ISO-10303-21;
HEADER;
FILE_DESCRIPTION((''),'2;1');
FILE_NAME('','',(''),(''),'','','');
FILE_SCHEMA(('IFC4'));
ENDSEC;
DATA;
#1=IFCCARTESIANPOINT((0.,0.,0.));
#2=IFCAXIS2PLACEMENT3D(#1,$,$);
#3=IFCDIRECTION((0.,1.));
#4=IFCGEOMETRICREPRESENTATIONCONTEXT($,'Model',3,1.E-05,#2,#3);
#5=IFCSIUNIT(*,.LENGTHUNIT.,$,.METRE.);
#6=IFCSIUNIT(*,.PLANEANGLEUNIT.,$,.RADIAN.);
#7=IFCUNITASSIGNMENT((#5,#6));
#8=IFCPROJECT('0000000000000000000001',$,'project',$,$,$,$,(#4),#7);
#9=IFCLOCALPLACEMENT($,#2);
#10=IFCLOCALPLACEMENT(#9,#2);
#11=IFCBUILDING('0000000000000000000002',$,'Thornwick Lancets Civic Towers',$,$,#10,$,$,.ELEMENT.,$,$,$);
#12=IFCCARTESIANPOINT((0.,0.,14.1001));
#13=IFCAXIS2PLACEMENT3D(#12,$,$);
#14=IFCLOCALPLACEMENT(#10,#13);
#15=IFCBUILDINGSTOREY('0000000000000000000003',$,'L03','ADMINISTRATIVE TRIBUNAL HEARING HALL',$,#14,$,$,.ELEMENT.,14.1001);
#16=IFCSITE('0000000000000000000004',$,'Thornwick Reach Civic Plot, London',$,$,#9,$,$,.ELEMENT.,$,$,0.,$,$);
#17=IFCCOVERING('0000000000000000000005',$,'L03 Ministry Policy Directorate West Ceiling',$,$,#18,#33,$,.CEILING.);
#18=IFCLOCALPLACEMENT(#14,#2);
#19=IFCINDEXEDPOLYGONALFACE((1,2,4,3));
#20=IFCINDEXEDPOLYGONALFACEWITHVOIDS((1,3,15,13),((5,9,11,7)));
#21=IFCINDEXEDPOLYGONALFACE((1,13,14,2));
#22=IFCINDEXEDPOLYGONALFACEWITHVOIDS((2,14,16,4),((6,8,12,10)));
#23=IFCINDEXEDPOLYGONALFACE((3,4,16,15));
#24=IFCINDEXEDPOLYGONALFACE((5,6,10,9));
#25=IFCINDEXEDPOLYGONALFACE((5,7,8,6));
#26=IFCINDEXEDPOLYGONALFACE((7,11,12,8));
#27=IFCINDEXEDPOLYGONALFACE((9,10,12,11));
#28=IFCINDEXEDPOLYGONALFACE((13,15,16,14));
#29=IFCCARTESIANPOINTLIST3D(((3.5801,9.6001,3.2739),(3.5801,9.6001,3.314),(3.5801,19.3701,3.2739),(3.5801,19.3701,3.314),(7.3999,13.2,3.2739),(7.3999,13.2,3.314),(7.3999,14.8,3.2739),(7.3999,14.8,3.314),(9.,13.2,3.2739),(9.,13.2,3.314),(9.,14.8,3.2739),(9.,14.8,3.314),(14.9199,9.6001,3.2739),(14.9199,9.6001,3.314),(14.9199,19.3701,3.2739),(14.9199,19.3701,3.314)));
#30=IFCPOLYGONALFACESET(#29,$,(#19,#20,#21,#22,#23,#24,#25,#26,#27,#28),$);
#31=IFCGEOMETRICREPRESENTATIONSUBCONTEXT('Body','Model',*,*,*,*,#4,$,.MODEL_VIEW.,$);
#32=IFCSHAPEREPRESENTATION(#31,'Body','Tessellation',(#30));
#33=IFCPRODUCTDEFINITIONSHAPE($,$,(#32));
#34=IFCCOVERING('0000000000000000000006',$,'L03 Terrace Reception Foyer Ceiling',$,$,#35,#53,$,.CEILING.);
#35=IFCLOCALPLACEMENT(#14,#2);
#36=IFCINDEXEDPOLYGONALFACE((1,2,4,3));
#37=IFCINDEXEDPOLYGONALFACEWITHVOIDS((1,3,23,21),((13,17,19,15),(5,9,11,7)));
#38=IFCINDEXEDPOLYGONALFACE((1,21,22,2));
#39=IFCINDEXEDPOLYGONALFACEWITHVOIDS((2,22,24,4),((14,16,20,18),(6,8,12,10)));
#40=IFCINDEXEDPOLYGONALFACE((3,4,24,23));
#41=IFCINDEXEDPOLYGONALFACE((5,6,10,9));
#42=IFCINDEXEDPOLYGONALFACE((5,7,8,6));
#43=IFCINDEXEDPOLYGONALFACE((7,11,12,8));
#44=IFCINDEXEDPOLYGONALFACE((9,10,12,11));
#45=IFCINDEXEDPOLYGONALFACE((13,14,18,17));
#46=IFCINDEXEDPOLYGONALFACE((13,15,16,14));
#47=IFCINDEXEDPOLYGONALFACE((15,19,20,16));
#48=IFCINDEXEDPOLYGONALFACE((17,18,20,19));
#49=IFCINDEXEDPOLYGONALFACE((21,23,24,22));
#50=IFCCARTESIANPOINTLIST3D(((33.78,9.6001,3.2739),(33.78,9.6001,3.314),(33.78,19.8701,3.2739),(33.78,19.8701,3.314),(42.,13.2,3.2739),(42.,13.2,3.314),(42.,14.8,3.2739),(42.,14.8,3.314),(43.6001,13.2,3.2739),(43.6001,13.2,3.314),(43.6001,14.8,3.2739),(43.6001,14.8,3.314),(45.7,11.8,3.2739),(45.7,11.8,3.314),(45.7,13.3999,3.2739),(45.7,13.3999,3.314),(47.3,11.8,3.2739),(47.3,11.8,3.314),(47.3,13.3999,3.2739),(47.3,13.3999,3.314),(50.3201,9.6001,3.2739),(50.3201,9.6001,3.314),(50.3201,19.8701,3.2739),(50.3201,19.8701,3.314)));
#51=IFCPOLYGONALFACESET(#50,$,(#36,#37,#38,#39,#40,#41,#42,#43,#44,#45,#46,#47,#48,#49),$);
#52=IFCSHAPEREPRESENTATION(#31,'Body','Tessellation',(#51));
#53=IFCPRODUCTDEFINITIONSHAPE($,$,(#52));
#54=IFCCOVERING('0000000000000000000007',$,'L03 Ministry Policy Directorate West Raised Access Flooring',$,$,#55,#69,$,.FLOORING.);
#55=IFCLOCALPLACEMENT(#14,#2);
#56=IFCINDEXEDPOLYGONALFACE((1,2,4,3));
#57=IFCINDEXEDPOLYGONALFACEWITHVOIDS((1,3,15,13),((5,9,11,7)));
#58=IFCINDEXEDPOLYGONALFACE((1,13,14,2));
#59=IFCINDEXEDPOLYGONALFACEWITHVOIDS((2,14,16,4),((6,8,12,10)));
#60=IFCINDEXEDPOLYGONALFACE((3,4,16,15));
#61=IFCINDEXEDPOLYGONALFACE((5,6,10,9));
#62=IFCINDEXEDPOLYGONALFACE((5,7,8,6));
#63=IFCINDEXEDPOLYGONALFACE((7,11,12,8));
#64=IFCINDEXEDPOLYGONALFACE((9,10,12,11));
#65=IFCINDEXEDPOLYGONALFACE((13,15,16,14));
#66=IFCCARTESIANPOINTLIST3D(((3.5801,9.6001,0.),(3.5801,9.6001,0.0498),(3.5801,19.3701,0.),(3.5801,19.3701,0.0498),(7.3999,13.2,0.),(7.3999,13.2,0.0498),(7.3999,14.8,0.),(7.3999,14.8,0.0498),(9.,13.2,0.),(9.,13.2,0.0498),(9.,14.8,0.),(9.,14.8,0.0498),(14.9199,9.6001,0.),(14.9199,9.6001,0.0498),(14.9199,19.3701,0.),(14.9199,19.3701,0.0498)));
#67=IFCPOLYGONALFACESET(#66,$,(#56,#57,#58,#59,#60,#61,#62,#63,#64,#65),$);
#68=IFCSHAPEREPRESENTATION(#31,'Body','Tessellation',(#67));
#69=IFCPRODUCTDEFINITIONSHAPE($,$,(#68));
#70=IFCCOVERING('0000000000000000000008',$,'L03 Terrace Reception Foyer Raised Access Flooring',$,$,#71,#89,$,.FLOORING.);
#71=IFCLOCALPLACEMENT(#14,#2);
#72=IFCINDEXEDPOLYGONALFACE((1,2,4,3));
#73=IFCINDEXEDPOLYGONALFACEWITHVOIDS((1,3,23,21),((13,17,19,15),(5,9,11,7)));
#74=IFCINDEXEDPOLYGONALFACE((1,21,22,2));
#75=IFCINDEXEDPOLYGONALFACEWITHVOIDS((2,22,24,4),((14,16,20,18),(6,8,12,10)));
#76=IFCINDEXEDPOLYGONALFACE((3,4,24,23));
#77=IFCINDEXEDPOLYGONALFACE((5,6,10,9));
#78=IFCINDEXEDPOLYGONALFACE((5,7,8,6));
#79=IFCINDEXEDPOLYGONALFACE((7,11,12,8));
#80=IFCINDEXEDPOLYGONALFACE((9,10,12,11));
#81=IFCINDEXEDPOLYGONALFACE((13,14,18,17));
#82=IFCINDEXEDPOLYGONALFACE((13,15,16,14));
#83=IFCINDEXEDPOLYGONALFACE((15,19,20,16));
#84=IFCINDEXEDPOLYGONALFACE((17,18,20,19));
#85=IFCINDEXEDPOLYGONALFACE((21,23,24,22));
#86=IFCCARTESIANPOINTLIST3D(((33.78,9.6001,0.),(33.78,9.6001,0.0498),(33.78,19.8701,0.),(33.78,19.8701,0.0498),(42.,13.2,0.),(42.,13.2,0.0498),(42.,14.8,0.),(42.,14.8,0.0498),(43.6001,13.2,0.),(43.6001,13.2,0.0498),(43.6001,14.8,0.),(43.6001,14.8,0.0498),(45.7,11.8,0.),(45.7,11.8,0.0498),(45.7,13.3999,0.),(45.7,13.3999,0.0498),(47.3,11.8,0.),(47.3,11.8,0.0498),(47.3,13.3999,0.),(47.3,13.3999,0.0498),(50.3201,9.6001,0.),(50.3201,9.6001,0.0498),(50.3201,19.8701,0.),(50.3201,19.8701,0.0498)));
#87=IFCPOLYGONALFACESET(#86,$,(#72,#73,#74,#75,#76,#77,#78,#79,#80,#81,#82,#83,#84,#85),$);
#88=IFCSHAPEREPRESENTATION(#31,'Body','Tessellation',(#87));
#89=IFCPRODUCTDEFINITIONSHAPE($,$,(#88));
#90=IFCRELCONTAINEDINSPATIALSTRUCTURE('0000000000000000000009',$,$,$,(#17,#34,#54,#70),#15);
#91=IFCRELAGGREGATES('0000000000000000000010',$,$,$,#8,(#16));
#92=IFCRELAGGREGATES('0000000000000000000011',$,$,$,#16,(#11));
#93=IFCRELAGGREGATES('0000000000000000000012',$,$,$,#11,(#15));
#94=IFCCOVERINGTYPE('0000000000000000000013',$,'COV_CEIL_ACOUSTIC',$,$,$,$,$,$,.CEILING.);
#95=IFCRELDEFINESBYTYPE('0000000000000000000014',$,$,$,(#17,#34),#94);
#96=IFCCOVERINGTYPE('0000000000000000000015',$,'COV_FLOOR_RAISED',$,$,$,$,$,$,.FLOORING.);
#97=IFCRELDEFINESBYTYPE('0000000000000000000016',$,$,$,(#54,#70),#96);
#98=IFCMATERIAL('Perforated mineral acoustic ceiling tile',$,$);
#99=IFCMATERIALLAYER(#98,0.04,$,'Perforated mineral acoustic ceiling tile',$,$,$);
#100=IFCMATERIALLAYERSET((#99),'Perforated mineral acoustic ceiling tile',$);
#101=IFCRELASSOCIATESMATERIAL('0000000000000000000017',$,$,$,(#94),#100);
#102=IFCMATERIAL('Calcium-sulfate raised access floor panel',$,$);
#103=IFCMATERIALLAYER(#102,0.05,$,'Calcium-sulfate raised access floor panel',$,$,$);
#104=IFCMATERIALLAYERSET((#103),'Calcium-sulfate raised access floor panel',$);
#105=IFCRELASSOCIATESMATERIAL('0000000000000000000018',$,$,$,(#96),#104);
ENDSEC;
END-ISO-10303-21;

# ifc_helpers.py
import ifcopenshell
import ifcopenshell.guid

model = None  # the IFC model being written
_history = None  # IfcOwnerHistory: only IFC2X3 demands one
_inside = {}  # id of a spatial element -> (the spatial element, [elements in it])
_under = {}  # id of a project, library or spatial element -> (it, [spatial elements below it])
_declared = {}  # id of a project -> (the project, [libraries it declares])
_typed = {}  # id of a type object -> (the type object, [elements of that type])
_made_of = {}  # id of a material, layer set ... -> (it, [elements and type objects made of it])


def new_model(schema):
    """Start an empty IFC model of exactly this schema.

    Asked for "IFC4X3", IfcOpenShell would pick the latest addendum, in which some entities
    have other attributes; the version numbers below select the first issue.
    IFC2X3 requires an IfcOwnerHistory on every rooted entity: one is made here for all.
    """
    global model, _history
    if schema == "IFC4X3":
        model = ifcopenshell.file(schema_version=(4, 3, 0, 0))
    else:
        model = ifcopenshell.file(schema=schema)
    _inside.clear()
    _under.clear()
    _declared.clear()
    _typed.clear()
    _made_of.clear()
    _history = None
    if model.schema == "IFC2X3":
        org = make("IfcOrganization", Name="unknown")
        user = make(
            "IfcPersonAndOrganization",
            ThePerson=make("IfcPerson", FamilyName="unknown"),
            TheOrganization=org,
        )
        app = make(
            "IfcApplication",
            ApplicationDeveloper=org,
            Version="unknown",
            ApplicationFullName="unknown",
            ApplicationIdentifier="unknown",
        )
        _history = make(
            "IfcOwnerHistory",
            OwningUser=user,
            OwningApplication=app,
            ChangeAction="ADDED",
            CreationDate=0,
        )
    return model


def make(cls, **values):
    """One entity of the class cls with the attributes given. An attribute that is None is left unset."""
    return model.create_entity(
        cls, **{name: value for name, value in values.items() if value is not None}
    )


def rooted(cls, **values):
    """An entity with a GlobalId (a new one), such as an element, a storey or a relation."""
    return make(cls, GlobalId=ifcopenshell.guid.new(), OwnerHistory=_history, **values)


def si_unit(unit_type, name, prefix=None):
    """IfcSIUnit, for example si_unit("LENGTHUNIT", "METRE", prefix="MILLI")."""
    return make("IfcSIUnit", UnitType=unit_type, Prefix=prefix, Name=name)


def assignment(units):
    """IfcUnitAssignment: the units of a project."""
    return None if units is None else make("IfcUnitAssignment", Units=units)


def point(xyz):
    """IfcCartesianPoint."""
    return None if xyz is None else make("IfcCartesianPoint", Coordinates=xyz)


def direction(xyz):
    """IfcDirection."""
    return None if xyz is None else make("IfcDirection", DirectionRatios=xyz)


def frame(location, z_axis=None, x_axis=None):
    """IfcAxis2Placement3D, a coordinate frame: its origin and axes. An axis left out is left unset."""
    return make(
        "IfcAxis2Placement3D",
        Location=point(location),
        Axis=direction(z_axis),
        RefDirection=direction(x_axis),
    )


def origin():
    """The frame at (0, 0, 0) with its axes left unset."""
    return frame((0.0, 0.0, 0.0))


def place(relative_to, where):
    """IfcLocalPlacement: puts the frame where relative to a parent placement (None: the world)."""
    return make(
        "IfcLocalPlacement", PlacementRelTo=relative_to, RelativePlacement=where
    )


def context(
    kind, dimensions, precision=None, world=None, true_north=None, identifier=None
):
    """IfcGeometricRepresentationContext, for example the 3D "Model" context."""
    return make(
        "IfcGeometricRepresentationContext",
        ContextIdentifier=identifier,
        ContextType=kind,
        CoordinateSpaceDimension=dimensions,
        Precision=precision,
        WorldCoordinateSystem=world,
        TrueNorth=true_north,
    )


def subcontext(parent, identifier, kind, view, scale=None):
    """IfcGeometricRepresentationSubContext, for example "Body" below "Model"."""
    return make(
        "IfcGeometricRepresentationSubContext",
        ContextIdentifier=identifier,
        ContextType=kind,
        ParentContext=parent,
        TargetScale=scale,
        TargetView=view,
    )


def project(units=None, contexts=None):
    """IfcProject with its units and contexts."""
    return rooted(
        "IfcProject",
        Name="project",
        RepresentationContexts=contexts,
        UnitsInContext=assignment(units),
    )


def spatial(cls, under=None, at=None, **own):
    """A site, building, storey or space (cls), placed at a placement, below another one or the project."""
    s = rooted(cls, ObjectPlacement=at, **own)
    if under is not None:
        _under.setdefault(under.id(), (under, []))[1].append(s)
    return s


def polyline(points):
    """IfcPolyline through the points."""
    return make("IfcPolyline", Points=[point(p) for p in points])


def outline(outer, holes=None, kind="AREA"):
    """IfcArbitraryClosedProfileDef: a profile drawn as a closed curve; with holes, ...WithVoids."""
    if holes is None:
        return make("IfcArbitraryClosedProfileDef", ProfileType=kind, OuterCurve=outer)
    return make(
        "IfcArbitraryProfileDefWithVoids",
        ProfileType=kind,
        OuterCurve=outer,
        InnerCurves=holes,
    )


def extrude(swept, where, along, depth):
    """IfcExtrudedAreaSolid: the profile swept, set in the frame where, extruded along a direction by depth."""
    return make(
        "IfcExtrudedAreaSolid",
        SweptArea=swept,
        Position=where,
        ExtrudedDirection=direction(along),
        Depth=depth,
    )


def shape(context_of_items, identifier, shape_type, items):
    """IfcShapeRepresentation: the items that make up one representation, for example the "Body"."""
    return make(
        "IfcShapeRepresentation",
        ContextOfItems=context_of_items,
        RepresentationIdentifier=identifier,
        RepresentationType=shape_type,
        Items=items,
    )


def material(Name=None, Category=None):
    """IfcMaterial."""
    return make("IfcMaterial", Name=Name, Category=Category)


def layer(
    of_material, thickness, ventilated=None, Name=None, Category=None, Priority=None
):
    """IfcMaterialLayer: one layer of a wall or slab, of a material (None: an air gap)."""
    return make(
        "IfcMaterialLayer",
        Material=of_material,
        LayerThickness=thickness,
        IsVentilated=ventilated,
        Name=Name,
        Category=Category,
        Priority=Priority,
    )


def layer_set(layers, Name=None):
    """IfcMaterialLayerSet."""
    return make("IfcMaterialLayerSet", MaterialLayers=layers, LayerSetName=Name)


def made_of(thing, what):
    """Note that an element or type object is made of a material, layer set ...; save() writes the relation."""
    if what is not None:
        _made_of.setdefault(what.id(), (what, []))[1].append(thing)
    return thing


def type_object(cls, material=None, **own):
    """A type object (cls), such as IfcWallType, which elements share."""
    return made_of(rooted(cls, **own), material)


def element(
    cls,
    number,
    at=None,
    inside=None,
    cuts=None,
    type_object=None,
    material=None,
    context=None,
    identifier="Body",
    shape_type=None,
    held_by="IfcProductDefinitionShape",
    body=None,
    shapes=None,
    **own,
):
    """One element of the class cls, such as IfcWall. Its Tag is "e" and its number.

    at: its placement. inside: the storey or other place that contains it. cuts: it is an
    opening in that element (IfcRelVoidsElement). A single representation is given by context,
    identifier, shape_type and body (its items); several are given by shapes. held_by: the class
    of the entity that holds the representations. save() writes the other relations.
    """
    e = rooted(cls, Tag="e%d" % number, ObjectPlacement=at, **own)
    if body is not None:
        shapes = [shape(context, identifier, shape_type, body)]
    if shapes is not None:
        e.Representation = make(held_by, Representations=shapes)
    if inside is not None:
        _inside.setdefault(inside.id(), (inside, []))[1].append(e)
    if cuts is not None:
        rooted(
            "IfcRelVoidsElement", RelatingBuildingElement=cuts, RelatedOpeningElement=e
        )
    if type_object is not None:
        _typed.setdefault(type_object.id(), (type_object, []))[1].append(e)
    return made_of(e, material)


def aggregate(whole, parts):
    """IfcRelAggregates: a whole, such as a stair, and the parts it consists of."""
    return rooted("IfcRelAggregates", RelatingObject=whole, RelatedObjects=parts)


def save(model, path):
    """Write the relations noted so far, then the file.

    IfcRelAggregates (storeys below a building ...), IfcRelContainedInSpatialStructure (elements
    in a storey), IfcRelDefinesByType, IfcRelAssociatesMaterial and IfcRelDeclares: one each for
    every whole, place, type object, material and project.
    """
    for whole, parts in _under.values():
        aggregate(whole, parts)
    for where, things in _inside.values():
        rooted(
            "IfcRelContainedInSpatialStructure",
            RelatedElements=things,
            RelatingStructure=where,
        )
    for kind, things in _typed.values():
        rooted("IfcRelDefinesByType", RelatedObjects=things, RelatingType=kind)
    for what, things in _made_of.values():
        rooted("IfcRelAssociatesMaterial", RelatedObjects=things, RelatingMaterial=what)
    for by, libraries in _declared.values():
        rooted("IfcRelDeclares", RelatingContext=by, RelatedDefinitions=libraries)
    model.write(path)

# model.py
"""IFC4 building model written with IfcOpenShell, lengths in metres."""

from ifc_helpers import new_model, si_unit, direction, frame, origin, place, context, subcontext, project, spatial, polyline, outline, extrude, material, layer, layer_set, type_object, element, save


model = new_model("IFC4")

# Units and contexts
model_context = context("Model", 3, precision=1e-05, world=origin(), true_north=direction((0.0, 1.0)))
body_context = subcontext(model_context, "Body", "Model", "MODEL_VIEW")
ifc_project = project(units=[si_unit("LENGTHUNIT", "METRE"), si_unit("PLANEANGLEUNIT", "RADIAN")], contexts=[model_context])

# Site, building, storey
site_placement = place(None, origin())
site = spatial("IfcSite", under=ifc_project, at=site_placement, Name="Thornwick Reach Civic Plot, London", CompositionType="ELEMENT", RefElevation=0.0)
building_placement = place(site_placement, origin())
building = spatial("IfcBuilding", under=site, at=building_placement, Name="Thornwick Lancets Civic Towers", CompositionType="ELEMENT")
storey_placement = place(building_placement, frame((0.0, 0.0, 14.1001)))
storey = spatial("IfcBuildingStorey", under=building, at=storey_placement, Name="L03", Description="ADMINISTRATIVE TRIBUNAL HEARING HALL", CompositionType="ELEMENT", Elevation=14.1001)

# Coverings
ifc_material_1 = material(Name="Perforated mineral acoustic ceiling tile")
ifc_layer_1 = layer(ifc_material_1, 0.04, Name="Perforated mineral acoustic ceiling tile")
ifc_layer_set_1 = layer_set([ifc_layer_1], Name="Perforated mineral acoustic ceiling tile")
covering_type_1 = type_object("IfcCoveringType", Name="COV_CEIL_ACOUSTIC", PredefinedType="CEILING", material=ifc_layer_set_1)
covering_1_placement = place(storey_placement, frame((0.0, 0.0, 3.2739)))
element("IfcCovering", 1, at=covering_1_placement, inside=storey, type_object=covering_type_1, Name="L03 Ministry Policy Directorate West Ceiling", PredefinedType="CEILING", context=body_context, shape_type="SweptSolid", body=[
    extrude(outline(polyline([(14.9199, 9.6001), (3.5801, 9.6001), (3.5801, 19.3701), (14.9199, 19.3701), (14.9199, 9.6001)]), holes=[polyline([(7.3999, 13.2), (9.0, 13.2), (9.0, 14.8), (7.3999, 14.8), (7.3999, 13.2)])]), origin(), (0.0, 0.0, 1.0), 0.04),
])
covering_2_placement = place(storey_placement, frame((0.0, 0.0, 3.2739)))
element("IfcCovering", 2, at=covering_2_placement, inside=storey, type_object=covering_type_1, Name="L03 Terrace Reception Foyer Ceiling", PredefinedType="CEILING", context=body_context, shape_type="SweptSolid", body=[
    extrude(outline(polyline([(50.3201, 9.6001), (33.78, 9.6001), (33.78, 19.8701), (50.3201, 19.8701), (50.3201, 9.6001)]), holes=[polyline([(42.0, 13.2), (43.6001, 13.2), (43.6001, 14.8), (42.0, 14.8), (42.0, 13.2)]), polyline([(45.7, 11.8), (47.3, 11.8), (47.3, 13.3999), (45.7, 13.3999), (45.7, 11.8)])]), origin(), (0.0, 0.0, 1.0), 0.04),
])
ifc_material_2 = material(Name="Calcium-sulfate raised access floor panel")
ifc_layer_2 = layer(ifc_material_2, 0.05, Name="Calcium-sulfate raised access floor panel")
ifc_layer_set_2 = layer_set([ifc_layer_2], Name="Calcium-sulfate raised access floor panel")
covering_type_2 = type_object("IfcCoveringType", Name="COV_FLOOR_RAISED", PredefinedType="FLOORING", material=ifc_layer_set_2)
covering_3_placement = place(storey_placement, origin())
element("IfcCovering", 3, at=covering_3_placement, inside=storey, type_object=covering_type_2, Name="L03 Ministry Policy Directorate West Raised Access Flooring", PredefinedType="FLOORING", context=body_context, shape_type="SweptSolid", body=[
    extrude(outline(polyline([(14.9199, 9.6001), (3.5801, 9.6001), (3.5801, 19.3701), (14.9199, 19.3701), (14.9199, 9.6001)]), holes=[polyline([(7.3999, 13.2), (9.0, 13.2), (9.0, 14.8), (7.3999, 14.8), (7.3999, 13.2)])]), origin(), (0.0, 0.0, 1.0), 0.0498),
])
covering_4_placement = place(storey_placement, origin())
element("IfcCovering", 4, at=covering_4_placement, inside=storey, type_object=covering_type_2, Name="L03 Terrace Reception Foyer Raised Access Flooring", PredefinedType="FLOORING", context=body_context, shape_type="SweptSolid", body=[
    extrude(outline(polyline([(50.3201, 9.6001), (33.78, 9.6001), (33.78, 19.8701), (50.3201, 19.8701), (50.3201, 9.6001)]), holes=[polyline([(42.0, 13.2), (43.6001, 13.2), (43.6001, 14.8), (42.0, 14.8), (42.0, 13.2)]), polyline([(45.7, 11.8), (47.3, 11.8), (47.3, 13.3999), (45.7, 13.3999), (45.7, 11.8)])]), origin(), (0.0, 0.0, 1.0), 0.0498),
])

save(model, "model.ifc")
